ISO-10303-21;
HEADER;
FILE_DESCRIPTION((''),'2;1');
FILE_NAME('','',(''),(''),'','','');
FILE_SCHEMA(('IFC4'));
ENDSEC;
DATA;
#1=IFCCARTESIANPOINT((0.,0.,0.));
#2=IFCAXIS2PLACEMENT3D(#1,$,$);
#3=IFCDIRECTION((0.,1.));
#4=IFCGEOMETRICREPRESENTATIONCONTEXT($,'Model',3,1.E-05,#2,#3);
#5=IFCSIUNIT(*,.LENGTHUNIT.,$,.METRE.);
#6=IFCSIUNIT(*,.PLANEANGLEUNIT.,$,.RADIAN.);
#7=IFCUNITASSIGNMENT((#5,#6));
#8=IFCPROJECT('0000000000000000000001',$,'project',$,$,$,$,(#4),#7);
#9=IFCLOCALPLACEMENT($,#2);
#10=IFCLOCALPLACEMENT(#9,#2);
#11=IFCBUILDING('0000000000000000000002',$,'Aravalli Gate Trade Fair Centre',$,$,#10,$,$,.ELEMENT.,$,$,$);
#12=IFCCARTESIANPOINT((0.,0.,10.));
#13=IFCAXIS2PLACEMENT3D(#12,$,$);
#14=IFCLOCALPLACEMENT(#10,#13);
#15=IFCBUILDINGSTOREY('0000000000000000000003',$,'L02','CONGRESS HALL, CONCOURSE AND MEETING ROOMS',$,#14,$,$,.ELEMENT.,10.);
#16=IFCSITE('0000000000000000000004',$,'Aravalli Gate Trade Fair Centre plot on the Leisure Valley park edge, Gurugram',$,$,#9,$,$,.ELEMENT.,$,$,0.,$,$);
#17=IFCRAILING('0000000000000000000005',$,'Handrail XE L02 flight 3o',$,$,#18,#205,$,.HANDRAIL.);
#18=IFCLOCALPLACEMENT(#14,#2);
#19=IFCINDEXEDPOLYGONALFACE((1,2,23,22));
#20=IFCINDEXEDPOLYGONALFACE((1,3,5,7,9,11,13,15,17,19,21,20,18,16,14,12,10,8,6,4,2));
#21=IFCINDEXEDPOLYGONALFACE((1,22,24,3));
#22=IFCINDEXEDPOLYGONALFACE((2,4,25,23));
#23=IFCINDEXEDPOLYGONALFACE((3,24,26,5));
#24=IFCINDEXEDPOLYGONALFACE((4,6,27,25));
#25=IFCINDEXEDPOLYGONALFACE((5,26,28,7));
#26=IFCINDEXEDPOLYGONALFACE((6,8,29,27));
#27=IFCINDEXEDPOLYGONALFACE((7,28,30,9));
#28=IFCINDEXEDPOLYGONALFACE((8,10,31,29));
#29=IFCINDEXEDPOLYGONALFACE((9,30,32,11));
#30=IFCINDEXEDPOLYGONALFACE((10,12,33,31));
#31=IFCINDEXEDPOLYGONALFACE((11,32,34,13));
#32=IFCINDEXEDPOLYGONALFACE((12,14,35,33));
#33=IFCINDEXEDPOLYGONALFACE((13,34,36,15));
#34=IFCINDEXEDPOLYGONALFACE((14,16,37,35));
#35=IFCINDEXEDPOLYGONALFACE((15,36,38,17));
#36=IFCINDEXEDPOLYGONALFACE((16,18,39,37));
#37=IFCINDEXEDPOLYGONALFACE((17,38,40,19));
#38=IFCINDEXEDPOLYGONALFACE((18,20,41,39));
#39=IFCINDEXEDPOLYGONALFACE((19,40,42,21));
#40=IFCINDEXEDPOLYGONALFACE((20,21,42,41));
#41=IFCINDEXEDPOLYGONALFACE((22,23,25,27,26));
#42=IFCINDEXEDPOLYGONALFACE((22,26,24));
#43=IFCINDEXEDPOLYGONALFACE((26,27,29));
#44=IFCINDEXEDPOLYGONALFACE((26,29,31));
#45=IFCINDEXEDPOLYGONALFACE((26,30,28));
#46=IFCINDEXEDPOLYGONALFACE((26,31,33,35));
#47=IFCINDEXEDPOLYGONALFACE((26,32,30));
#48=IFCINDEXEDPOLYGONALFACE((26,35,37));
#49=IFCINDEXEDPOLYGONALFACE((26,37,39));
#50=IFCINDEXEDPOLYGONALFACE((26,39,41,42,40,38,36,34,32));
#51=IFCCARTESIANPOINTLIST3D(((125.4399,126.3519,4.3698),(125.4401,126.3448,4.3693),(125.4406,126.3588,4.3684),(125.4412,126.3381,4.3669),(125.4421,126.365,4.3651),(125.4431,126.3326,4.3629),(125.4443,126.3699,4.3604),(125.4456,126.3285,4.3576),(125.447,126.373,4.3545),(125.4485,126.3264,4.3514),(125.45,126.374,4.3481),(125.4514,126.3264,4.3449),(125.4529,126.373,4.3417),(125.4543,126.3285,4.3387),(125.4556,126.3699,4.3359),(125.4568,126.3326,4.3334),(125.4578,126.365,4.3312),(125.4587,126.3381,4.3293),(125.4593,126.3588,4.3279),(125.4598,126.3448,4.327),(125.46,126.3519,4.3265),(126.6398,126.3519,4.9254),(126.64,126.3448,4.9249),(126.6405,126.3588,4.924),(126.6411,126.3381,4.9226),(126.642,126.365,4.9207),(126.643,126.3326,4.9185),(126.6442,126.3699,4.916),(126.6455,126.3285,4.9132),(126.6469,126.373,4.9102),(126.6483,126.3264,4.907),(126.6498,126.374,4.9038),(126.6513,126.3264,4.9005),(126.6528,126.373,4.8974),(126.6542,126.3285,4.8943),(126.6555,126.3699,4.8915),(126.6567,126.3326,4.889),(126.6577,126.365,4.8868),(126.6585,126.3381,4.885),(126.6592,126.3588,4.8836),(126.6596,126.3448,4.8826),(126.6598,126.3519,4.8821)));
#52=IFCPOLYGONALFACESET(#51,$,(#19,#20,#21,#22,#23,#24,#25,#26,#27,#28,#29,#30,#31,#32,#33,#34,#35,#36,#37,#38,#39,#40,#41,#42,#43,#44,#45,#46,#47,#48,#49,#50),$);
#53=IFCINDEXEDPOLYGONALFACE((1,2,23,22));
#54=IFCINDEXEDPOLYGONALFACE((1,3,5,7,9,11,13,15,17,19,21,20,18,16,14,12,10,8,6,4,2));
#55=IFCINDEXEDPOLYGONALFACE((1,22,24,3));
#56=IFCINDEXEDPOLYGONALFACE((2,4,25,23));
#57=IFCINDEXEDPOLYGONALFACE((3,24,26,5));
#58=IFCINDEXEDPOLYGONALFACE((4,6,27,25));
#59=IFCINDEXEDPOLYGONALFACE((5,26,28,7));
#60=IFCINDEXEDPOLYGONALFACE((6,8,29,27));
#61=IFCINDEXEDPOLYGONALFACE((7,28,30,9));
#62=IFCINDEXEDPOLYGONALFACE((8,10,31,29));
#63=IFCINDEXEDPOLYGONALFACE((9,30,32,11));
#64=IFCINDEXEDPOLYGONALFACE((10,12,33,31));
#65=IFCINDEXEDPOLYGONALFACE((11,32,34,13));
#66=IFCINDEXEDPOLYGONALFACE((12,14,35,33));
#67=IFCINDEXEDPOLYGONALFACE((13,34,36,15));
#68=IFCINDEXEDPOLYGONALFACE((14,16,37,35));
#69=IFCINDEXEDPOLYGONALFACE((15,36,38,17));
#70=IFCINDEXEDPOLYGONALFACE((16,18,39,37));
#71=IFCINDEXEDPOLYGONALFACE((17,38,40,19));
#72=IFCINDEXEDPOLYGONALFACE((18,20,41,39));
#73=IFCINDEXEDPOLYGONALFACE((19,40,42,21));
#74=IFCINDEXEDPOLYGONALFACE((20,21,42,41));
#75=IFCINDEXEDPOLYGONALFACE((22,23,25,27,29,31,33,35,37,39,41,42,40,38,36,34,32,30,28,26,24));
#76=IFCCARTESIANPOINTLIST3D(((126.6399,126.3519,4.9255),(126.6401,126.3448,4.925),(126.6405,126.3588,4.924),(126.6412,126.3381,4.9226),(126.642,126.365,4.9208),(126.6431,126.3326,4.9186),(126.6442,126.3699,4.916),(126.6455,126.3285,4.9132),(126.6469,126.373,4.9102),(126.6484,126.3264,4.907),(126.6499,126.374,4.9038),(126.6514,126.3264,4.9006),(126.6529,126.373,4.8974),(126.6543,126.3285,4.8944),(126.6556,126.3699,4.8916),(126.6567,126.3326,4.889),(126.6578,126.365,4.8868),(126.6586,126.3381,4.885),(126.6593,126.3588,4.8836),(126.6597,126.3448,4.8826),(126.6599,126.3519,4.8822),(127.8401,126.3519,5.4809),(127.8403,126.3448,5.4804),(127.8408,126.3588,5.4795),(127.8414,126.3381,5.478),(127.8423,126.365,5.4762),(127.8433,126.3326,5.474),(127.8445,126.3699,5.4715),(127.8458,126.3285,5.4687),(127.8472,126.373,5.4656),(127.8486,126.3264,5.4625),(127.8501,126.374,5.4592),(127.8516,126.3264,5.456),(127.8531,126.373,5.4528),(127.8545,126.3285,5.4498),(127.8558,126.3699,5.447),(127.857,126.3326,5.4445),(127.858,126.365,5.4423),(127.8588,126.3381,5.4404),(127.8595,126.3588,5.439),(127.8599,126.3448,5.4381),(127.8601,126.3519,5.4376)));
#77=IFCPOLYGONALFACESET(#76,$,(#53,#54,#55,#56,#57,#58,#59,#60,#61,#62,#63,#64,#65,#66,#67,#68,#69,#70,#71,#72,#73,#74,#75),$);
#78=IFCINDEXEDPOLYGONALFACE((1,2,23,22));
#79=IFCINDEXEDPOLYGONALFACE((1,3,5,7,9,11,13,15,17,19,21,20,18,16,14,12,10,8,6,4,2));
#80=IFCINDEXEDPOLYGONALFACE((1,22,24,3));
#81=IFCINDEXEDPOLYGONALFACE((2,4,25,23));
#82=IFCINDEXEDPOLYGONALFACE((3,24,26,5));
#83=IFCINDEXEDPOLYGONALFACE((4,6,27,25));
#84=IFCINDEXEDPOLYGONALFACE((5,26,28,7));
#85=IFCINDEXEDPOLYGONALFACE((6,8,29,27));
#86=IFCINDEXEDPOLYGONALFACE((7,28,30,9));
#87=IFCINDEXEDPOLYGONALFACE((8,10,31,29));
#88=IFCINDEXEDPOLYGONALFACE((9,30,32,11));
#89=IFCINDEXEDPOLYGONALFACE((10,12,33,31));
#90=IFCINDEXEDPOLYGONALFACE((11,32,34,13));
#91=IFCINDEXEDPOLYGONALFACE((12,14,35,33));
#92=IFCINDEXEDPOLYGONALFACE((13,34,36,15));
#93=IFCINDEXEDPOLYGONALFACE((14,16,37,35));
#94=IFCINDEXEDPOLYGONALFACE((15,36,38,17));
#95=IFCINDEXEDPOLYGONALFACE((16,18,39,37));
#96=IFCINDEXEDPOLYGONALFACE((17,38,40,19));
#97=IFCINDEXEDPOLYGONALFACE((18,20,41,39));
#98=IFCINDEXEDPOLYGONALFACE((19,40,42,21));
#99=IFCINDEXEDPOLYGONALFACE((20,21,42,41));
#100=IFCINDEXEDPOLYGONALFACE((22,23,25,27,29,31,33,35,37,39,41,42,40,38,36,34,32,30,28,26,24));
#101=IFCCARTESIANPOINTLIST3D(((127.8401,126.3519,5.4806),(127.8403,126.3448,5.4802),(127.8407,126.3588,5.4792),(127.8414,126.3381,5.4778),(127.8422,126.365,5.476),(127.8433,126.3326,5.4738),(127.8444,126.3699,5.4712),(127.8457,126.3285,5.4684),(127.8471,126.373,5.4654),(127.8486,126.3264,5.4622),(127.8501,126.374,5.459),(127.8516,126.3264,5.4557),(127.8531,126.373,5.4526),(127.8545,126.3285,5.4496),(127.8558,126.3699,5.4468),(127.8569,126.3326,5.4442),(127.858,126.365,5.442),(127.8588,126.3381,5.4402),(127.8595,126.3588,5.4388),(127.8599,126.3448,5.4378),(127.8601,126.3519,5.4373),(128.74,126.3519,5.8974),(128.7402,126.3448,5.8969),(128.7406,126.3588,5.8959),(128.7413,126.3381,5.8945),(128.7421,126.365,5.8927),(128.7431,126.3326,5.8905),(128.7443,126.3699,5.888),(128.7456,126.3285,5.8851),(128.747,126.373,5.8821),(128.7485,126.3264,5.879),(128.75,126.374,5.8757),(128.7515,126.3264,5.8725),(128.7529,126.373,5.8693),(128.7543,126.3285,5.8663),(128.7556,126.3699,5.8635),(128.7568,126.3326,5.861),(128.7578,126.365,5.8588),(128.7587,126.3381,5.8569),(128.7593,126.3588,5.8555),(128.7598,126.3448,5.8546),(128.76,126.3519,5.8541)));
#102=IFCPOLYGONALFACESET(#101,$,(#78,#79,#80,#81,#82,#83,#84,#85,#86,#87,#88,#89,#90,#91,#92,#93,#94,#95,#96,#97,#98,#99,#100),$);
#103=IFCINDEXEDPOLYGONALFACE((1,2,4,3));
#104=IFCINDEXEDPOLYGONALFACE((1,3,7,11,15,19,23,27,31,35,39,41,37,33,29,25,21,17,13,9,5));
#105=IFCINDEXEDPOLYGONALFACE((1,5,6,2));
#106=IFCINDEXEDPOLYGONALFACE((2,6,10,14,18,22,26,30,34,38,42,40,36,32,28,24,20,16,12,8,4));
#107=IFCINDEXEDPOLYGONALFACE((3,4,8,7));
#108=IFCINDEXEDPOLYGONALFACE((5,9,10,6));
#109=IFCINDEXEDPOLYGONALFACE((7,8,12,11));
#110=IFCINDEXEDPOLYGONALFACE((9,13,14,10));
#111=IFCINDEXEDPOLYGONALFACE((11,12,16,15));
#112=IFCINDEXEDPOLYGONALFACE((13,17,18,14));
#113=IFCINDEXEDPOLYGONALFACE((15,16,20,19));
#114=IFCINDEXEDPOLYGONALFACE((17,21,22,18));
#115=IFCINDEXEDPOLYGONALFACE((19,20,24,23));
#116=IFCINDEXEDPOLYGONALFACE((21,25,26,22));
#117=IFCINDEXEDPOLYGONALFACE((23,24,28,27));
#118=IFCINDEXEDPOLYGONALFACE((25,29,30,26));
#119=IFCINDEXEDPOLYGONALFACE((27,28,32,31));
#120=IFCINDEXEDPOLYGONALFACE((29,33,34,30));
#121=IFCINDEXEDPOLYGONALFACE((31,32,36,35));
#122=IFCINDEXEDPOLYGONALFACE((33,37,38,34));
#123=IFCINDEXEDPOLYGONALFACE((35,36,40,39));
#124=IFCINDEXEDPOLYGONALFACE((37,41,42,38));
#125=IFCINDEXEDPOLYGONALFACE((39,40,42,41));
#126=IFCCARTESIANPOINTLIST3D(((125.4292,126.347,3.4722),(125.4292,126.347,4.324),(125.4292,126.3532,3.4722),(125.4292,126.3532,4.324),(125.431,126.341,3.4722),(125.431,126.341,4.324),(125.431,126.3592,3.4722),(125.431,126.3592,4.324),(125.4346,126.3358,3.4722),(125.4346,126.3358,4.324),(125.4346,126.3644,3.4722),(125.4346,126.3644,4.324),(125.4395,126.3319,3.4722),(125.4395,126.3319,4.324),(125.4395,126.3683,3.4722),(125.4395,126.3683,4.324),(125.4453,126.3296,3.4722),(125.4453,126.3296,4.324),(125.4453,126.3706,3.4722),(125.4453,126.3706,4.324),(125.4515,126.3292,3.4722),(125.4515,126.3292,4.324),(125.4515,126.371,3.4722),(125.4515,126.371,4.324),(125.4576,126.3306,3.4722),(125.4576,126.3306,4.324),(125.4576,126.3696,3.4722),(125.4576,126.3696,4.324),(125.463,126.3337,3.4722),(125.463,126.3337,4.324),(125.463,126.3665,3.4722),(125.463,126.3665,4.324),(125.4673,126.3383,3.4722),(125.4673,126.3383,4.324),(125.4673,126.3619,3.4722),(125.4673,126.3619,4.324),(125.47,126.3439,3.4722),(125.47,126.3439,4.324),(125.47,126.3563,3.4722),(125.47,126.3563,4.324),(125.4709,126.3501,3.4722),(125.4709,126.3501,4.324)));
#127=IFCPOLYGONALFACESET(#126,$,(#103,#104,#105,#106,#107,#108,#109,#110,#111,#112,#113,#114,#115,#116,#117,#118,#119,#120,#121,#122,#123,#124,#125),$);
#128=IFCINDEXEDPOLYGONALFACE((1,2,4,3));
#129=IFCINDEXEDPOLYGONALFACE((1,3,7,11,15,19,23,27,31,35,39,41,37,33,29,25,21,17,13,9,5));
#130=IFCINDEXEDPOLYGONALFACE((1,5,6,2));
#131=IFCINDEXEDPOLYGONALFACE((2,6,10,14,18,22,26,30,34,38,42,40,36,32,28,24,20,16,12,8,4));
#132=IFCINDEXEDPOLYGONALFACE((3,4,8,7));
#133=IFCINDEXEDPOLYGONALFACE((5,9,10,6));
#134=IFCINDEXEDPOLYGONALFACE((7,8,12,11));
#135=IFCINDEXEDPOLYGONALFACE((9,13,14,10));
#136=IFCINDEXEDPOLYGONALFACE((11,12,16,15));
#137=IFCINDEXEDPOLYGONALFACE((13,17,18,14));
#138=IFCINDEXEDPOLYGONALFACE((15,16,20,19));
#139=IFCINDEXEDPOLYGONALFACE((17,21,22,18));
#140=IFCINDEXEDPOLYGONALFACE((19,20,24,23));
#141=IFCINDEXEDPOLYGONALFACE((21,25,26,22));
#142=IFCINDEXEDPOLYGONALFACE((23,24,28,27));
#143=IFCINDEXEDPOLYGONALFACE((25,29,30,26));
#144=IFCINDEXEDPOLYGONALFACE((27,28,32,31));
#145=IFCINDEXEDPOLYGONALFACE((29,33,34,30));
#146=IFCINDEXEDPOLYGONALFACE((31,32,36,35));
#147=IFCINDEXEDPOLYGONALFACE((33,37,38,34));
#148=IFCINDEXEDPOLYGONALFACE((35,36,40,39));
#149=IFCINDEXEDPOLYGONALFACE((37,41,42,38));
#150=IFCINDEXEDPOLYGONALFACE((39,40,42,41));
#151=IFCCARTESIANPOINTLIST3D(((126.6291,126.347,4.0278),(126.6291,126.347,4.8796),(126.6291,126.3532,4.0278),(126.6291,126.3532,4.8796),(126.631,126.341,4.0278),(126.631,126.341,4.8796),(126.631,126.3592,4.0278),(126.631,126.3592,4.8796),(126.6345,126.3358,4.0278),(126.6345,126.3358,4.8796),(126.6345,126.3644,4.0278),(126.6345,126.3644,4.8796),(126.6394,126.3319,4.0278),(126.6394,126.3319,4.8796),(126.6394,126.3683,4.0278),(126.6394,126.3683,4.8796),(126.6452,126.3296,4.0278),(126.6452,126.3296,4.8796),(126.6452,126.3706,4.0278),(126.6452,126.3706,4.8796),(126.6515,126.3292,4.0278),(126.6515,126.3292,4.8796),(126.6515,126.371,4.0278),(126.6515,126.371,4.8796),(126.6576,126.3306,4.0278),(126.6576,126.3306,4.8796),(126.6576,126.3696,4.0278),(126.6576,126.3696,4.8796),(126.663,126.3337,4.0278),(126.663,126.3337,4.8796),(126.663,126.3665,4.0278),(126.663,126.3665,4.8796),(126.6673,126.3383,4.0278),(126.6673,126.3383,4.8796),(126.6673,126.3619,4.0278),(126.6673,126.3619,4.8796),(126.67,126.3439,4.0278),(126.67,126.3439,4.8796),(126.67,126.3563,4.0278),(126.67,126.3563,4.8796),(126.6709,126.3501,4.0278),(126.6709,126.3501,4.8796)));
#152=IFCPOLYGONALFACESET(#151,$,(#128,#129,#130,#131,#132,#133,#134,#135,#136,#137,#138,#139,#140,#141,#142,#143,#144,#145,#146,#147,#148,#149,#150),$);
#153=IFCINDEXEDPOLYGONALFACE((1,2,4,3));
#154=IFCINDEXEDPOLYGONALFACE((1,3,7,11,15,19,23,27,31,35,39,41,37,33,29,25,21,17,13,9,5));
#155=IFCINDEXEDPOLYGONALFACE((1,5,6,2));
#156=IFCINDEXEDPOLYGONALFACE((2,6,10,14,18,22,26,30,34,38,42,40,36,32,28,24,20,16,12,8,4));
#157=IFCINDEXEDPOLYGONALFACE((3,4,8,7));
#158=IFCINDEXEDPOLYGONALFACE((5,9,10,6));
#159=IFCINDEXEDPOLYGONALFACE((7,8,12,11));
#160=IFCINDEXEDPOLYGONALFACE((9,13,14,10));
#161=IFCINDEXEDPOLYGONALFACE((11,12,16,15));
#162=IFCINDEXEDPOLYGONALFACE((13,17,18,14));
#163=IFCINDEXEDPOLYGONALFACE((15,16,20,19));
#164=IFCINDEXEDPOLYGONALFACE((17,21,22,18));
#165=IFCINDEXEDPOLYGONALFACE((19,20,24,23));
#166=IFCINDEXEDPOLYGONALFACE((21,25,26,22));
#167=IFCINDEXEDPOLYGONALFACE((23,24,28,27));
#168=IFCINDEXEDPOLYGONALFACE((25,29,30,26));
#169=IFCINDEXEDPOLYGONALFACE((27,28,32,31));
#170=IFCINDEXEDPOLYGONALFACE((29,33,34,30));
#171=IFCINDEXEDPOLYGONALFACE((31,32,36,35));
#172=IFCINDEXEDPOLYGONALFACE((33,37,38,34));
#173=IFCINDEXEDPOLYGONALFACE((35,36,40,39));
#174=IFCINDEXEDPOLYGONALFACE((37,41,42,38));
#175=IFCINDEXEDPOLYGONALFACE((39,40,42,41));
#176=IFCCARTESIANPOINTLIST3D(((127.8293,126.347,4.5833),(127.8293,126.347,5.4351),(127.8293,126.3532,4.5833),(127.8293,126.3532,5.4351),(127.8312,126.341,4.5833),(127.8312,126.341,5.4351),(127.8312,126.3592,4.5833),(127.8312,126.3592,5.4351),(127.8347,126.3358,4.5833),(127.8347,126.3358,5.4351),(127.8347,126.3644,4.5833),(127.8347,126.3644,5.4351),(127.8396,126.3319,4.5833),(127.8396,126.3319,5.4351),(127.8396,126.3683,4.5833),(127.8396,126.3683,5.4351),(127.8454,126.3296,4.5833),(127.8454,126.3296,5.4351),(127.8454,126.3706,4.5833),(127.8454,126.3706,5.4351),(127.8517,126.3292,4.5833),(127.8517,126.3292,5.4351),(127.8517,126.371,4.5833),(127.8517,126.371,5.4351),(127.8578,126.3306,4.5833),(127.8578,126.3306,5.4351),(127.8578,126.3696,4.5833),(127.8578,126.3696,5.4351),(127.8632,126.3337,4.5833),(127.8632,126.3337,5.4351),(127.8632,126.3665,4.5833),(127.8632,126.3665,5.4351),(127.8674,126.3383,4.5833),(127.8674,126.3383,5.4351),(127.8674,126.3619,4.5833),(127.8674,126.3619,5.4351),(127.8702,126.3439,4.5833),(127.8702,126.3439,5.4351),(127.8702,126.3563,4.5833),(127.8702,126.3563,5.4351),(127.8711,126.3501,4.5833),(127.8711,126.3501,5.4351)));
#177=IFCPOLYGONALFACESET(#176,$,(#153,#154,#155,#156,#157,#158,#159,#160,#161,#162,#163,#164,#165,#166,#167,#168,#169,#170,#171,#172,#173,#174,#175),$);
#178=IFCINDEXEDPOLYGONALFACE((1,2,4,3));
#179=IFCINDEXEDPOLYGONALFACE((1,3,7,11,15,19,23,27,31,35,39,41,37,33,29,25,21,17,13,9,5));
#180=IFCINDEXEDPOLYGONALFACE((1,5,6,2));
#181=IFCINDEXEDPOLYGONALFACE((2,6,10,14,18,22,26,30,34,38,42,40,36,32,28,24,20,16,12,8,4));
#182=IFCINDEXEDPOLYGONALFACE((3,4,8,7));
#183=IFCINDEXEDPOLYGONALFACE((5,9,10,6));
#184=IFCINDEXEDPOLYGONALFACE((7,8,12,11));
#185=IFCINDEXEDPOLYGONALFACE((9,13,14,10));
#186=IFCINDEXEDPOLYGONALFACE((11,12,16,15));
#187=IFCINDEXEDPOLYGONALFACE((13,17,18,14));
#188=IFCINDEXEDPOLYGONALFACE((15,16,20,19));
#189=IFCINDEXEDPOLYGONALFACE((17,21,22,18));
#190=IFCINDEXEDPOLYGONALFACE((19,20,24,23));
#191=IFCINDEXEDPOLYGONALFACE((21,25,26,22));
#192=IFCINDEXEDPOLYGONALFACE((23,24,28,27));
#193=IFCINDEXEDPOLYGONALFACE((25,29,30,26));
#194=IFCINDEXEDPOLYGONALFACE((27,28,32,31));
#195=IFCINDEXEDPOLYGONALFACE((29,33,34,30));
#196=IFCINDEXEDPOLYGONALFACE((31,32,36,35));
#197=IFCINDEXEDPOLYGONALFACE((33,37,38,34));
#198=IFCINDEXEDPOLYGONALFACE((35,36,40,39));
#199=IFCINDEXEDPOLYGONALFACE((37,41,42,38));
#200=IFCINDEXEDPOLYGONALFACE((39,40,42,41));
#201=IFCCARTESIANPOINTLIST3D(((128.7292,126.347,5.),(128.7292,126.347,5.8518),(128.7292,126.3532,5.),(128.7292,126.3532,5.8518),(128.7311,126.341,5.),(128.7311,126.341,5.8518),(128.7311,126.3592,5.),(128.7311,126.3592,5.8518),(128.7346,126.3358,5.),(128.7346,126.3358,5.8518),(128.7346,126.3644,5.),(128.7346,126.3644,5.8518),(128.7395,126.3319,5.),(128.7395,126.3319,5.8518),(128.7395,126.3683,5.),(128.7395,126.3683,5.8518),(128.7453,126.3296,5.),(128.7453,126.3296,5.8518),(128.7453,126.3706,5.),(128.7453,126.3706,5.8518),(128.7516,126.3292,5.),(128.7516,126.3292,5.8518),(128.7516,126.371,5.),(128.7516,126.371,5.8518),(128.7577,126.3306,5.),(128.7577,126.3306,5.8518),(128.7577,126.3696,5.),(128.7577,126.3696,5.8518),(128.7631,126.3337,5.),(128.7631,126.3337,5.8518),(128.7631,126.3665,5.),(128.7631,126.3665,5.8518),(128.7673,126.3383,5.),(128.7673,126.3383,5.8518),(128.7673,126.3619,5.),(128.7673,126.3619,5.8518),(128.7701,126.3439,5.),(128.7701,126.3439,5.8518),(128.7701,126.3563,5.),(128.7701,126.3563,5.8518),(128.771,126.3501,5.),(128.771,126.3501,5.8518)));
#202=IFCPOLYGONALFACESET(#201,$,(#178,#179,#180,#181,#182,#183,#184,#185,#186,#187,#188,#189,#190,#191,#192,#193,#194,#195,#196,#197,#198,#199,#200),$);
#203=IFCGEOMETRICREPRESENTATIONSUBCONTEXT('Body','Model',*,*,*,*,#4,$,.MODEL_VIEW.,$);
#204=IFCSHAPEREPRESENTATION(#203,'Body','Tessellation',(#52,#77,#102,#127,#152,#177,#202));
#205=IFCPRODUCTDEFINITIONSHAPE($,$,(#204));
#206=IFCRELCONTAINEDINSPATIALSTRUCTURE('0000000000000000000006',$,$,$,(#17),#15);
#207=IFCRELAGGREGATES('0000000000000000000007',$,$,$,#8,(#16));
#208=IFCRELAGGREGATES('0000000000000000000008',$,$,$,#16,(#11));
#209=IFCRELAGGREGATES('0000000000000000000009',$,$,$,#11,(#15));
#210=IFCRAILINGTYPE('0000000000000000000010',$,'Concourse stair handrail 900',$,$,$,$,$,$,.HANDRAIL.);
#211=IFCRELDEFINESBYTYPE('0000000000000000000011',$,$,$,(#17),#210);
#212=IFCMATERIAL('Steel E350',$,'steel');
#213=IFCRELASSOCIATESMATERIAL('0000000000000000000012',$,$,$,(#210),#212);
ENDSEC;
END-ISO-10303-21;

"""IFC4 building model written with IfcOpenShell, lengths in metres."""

from ifc_helpers import new_model, si_unit, direction, frame, origin, origin_2d, place, context, subcontext, project, spatial, circle, extrude, material, type_object, element, save


model = new_model("IFC4")

# Units and contexts
model_context = context("Model", 3, precision=1e-05, world=origin(), true_north=direction((0.0, 1.0)))
body_context = subcontext(model_context, "Body", "Model", "MODEL_VIEW")
ifc_project = project(units=[si_unit("LENGTHUNIT", "METRE"), si_unit("PLANEANGLEUNIT", "RADIAN")], contexts=[model_context])

# Site, building, storey
site_placement = place(None, origin())
site = spatial("IfcSite", under=ifc_project, at=site_placement, Name="Aravalli Gate Trade Fair Centre plot on the Leisure Valley park edge, Gurugram", CompositionType="ELEMENT", RefElevation=0.0)
building_placement = place(site_placement, origin())
building = spatial("IfcBuilding", under=site, at=building_placement, Name="Aravalli Gate Trade Fair Centre", CompositionType="ELEMENT")
storey_placement = place(building_placement, frame((0.0, 0.0, 10.0)))
storey = spatial("IfcBuildingStorey", under=building, at=storey_placement, Name="L02", Description="CONGRESS HALL, CONCOURSE AND MEETING ROOMS", CompositionType="ELEMENT", Elevation=10.0)

# Shared definitions
ifc_material_1 = material(Name="Steel E350", Category="steel")

# Railing
railing_type_1 = type_object("IfcRailingType", Name="Concourse stair handrail 900", PredefinedType="HANDRAIL", material=ifc_material_1)
for number, where, name in (
    (1, (125.45, 126.3501, 3.4722), "Handrail XE L02 flight 3o"),
):
    element("IfcRailing", number, at=place(storey_placement, frame(where)), inside=storey, type_object=railing_type_1, Name=name, PredefinedType="HANDRAIL", context=body_context, shape_type="SweptSolid", body=[
        extrude(circle(Radius=0.0239, at=origin_2d()), frame((0.0, 0.0, 0.876), z_axis=(0.907429, 0.0, 0.420205), x_axis=(0.0, 1.0, 0.0)), (0.0, 0.0, 1.0), 1.3223),
        extrude(circle(Radius=0.0239, at=origin_2d()), frame((1.2, 0.0, 1.4316), z_axis=(0.907532, 0.0, 0.419983), x_axis=(0.0, 1.0, 0.0)), (0.0, 0.0, 1.0), 1.3225),
        extrude(circle(Radius=0.0239, at=origin_2d()), frame((2.4001, 0.0, 1.9868), z_axis=(0.907418, 0.0, 0.420229), x_axis=(0.0, 1.0, 0.0)), (0.0, 0.0, 1.0), 0.9917),
        extrude(circle(Radius=0.021, at=origin_2d()), origin(), (0.0, 0.0, 1.0), 0.8518),
        extrude(circle(Radius=0.021, at=origin_2d()), frame((1.2, 0.0, 0.5557)), (0.0, 0.0, 1.0), 0.8518),
        extrude(circle(Radius=0.021, at=origin_2d()), frame((2.4001, 0.0, 1.1111)), (0.0, 0.0, 1.0), 0.8518),
        extrude(circle(Radius=0.021, at=origin_2d()), frame((3.3, 0.0, 1.5278)), (0.0, 0.0, 1.0), 0.8518),
    ])

save(model, "model.ifc")
